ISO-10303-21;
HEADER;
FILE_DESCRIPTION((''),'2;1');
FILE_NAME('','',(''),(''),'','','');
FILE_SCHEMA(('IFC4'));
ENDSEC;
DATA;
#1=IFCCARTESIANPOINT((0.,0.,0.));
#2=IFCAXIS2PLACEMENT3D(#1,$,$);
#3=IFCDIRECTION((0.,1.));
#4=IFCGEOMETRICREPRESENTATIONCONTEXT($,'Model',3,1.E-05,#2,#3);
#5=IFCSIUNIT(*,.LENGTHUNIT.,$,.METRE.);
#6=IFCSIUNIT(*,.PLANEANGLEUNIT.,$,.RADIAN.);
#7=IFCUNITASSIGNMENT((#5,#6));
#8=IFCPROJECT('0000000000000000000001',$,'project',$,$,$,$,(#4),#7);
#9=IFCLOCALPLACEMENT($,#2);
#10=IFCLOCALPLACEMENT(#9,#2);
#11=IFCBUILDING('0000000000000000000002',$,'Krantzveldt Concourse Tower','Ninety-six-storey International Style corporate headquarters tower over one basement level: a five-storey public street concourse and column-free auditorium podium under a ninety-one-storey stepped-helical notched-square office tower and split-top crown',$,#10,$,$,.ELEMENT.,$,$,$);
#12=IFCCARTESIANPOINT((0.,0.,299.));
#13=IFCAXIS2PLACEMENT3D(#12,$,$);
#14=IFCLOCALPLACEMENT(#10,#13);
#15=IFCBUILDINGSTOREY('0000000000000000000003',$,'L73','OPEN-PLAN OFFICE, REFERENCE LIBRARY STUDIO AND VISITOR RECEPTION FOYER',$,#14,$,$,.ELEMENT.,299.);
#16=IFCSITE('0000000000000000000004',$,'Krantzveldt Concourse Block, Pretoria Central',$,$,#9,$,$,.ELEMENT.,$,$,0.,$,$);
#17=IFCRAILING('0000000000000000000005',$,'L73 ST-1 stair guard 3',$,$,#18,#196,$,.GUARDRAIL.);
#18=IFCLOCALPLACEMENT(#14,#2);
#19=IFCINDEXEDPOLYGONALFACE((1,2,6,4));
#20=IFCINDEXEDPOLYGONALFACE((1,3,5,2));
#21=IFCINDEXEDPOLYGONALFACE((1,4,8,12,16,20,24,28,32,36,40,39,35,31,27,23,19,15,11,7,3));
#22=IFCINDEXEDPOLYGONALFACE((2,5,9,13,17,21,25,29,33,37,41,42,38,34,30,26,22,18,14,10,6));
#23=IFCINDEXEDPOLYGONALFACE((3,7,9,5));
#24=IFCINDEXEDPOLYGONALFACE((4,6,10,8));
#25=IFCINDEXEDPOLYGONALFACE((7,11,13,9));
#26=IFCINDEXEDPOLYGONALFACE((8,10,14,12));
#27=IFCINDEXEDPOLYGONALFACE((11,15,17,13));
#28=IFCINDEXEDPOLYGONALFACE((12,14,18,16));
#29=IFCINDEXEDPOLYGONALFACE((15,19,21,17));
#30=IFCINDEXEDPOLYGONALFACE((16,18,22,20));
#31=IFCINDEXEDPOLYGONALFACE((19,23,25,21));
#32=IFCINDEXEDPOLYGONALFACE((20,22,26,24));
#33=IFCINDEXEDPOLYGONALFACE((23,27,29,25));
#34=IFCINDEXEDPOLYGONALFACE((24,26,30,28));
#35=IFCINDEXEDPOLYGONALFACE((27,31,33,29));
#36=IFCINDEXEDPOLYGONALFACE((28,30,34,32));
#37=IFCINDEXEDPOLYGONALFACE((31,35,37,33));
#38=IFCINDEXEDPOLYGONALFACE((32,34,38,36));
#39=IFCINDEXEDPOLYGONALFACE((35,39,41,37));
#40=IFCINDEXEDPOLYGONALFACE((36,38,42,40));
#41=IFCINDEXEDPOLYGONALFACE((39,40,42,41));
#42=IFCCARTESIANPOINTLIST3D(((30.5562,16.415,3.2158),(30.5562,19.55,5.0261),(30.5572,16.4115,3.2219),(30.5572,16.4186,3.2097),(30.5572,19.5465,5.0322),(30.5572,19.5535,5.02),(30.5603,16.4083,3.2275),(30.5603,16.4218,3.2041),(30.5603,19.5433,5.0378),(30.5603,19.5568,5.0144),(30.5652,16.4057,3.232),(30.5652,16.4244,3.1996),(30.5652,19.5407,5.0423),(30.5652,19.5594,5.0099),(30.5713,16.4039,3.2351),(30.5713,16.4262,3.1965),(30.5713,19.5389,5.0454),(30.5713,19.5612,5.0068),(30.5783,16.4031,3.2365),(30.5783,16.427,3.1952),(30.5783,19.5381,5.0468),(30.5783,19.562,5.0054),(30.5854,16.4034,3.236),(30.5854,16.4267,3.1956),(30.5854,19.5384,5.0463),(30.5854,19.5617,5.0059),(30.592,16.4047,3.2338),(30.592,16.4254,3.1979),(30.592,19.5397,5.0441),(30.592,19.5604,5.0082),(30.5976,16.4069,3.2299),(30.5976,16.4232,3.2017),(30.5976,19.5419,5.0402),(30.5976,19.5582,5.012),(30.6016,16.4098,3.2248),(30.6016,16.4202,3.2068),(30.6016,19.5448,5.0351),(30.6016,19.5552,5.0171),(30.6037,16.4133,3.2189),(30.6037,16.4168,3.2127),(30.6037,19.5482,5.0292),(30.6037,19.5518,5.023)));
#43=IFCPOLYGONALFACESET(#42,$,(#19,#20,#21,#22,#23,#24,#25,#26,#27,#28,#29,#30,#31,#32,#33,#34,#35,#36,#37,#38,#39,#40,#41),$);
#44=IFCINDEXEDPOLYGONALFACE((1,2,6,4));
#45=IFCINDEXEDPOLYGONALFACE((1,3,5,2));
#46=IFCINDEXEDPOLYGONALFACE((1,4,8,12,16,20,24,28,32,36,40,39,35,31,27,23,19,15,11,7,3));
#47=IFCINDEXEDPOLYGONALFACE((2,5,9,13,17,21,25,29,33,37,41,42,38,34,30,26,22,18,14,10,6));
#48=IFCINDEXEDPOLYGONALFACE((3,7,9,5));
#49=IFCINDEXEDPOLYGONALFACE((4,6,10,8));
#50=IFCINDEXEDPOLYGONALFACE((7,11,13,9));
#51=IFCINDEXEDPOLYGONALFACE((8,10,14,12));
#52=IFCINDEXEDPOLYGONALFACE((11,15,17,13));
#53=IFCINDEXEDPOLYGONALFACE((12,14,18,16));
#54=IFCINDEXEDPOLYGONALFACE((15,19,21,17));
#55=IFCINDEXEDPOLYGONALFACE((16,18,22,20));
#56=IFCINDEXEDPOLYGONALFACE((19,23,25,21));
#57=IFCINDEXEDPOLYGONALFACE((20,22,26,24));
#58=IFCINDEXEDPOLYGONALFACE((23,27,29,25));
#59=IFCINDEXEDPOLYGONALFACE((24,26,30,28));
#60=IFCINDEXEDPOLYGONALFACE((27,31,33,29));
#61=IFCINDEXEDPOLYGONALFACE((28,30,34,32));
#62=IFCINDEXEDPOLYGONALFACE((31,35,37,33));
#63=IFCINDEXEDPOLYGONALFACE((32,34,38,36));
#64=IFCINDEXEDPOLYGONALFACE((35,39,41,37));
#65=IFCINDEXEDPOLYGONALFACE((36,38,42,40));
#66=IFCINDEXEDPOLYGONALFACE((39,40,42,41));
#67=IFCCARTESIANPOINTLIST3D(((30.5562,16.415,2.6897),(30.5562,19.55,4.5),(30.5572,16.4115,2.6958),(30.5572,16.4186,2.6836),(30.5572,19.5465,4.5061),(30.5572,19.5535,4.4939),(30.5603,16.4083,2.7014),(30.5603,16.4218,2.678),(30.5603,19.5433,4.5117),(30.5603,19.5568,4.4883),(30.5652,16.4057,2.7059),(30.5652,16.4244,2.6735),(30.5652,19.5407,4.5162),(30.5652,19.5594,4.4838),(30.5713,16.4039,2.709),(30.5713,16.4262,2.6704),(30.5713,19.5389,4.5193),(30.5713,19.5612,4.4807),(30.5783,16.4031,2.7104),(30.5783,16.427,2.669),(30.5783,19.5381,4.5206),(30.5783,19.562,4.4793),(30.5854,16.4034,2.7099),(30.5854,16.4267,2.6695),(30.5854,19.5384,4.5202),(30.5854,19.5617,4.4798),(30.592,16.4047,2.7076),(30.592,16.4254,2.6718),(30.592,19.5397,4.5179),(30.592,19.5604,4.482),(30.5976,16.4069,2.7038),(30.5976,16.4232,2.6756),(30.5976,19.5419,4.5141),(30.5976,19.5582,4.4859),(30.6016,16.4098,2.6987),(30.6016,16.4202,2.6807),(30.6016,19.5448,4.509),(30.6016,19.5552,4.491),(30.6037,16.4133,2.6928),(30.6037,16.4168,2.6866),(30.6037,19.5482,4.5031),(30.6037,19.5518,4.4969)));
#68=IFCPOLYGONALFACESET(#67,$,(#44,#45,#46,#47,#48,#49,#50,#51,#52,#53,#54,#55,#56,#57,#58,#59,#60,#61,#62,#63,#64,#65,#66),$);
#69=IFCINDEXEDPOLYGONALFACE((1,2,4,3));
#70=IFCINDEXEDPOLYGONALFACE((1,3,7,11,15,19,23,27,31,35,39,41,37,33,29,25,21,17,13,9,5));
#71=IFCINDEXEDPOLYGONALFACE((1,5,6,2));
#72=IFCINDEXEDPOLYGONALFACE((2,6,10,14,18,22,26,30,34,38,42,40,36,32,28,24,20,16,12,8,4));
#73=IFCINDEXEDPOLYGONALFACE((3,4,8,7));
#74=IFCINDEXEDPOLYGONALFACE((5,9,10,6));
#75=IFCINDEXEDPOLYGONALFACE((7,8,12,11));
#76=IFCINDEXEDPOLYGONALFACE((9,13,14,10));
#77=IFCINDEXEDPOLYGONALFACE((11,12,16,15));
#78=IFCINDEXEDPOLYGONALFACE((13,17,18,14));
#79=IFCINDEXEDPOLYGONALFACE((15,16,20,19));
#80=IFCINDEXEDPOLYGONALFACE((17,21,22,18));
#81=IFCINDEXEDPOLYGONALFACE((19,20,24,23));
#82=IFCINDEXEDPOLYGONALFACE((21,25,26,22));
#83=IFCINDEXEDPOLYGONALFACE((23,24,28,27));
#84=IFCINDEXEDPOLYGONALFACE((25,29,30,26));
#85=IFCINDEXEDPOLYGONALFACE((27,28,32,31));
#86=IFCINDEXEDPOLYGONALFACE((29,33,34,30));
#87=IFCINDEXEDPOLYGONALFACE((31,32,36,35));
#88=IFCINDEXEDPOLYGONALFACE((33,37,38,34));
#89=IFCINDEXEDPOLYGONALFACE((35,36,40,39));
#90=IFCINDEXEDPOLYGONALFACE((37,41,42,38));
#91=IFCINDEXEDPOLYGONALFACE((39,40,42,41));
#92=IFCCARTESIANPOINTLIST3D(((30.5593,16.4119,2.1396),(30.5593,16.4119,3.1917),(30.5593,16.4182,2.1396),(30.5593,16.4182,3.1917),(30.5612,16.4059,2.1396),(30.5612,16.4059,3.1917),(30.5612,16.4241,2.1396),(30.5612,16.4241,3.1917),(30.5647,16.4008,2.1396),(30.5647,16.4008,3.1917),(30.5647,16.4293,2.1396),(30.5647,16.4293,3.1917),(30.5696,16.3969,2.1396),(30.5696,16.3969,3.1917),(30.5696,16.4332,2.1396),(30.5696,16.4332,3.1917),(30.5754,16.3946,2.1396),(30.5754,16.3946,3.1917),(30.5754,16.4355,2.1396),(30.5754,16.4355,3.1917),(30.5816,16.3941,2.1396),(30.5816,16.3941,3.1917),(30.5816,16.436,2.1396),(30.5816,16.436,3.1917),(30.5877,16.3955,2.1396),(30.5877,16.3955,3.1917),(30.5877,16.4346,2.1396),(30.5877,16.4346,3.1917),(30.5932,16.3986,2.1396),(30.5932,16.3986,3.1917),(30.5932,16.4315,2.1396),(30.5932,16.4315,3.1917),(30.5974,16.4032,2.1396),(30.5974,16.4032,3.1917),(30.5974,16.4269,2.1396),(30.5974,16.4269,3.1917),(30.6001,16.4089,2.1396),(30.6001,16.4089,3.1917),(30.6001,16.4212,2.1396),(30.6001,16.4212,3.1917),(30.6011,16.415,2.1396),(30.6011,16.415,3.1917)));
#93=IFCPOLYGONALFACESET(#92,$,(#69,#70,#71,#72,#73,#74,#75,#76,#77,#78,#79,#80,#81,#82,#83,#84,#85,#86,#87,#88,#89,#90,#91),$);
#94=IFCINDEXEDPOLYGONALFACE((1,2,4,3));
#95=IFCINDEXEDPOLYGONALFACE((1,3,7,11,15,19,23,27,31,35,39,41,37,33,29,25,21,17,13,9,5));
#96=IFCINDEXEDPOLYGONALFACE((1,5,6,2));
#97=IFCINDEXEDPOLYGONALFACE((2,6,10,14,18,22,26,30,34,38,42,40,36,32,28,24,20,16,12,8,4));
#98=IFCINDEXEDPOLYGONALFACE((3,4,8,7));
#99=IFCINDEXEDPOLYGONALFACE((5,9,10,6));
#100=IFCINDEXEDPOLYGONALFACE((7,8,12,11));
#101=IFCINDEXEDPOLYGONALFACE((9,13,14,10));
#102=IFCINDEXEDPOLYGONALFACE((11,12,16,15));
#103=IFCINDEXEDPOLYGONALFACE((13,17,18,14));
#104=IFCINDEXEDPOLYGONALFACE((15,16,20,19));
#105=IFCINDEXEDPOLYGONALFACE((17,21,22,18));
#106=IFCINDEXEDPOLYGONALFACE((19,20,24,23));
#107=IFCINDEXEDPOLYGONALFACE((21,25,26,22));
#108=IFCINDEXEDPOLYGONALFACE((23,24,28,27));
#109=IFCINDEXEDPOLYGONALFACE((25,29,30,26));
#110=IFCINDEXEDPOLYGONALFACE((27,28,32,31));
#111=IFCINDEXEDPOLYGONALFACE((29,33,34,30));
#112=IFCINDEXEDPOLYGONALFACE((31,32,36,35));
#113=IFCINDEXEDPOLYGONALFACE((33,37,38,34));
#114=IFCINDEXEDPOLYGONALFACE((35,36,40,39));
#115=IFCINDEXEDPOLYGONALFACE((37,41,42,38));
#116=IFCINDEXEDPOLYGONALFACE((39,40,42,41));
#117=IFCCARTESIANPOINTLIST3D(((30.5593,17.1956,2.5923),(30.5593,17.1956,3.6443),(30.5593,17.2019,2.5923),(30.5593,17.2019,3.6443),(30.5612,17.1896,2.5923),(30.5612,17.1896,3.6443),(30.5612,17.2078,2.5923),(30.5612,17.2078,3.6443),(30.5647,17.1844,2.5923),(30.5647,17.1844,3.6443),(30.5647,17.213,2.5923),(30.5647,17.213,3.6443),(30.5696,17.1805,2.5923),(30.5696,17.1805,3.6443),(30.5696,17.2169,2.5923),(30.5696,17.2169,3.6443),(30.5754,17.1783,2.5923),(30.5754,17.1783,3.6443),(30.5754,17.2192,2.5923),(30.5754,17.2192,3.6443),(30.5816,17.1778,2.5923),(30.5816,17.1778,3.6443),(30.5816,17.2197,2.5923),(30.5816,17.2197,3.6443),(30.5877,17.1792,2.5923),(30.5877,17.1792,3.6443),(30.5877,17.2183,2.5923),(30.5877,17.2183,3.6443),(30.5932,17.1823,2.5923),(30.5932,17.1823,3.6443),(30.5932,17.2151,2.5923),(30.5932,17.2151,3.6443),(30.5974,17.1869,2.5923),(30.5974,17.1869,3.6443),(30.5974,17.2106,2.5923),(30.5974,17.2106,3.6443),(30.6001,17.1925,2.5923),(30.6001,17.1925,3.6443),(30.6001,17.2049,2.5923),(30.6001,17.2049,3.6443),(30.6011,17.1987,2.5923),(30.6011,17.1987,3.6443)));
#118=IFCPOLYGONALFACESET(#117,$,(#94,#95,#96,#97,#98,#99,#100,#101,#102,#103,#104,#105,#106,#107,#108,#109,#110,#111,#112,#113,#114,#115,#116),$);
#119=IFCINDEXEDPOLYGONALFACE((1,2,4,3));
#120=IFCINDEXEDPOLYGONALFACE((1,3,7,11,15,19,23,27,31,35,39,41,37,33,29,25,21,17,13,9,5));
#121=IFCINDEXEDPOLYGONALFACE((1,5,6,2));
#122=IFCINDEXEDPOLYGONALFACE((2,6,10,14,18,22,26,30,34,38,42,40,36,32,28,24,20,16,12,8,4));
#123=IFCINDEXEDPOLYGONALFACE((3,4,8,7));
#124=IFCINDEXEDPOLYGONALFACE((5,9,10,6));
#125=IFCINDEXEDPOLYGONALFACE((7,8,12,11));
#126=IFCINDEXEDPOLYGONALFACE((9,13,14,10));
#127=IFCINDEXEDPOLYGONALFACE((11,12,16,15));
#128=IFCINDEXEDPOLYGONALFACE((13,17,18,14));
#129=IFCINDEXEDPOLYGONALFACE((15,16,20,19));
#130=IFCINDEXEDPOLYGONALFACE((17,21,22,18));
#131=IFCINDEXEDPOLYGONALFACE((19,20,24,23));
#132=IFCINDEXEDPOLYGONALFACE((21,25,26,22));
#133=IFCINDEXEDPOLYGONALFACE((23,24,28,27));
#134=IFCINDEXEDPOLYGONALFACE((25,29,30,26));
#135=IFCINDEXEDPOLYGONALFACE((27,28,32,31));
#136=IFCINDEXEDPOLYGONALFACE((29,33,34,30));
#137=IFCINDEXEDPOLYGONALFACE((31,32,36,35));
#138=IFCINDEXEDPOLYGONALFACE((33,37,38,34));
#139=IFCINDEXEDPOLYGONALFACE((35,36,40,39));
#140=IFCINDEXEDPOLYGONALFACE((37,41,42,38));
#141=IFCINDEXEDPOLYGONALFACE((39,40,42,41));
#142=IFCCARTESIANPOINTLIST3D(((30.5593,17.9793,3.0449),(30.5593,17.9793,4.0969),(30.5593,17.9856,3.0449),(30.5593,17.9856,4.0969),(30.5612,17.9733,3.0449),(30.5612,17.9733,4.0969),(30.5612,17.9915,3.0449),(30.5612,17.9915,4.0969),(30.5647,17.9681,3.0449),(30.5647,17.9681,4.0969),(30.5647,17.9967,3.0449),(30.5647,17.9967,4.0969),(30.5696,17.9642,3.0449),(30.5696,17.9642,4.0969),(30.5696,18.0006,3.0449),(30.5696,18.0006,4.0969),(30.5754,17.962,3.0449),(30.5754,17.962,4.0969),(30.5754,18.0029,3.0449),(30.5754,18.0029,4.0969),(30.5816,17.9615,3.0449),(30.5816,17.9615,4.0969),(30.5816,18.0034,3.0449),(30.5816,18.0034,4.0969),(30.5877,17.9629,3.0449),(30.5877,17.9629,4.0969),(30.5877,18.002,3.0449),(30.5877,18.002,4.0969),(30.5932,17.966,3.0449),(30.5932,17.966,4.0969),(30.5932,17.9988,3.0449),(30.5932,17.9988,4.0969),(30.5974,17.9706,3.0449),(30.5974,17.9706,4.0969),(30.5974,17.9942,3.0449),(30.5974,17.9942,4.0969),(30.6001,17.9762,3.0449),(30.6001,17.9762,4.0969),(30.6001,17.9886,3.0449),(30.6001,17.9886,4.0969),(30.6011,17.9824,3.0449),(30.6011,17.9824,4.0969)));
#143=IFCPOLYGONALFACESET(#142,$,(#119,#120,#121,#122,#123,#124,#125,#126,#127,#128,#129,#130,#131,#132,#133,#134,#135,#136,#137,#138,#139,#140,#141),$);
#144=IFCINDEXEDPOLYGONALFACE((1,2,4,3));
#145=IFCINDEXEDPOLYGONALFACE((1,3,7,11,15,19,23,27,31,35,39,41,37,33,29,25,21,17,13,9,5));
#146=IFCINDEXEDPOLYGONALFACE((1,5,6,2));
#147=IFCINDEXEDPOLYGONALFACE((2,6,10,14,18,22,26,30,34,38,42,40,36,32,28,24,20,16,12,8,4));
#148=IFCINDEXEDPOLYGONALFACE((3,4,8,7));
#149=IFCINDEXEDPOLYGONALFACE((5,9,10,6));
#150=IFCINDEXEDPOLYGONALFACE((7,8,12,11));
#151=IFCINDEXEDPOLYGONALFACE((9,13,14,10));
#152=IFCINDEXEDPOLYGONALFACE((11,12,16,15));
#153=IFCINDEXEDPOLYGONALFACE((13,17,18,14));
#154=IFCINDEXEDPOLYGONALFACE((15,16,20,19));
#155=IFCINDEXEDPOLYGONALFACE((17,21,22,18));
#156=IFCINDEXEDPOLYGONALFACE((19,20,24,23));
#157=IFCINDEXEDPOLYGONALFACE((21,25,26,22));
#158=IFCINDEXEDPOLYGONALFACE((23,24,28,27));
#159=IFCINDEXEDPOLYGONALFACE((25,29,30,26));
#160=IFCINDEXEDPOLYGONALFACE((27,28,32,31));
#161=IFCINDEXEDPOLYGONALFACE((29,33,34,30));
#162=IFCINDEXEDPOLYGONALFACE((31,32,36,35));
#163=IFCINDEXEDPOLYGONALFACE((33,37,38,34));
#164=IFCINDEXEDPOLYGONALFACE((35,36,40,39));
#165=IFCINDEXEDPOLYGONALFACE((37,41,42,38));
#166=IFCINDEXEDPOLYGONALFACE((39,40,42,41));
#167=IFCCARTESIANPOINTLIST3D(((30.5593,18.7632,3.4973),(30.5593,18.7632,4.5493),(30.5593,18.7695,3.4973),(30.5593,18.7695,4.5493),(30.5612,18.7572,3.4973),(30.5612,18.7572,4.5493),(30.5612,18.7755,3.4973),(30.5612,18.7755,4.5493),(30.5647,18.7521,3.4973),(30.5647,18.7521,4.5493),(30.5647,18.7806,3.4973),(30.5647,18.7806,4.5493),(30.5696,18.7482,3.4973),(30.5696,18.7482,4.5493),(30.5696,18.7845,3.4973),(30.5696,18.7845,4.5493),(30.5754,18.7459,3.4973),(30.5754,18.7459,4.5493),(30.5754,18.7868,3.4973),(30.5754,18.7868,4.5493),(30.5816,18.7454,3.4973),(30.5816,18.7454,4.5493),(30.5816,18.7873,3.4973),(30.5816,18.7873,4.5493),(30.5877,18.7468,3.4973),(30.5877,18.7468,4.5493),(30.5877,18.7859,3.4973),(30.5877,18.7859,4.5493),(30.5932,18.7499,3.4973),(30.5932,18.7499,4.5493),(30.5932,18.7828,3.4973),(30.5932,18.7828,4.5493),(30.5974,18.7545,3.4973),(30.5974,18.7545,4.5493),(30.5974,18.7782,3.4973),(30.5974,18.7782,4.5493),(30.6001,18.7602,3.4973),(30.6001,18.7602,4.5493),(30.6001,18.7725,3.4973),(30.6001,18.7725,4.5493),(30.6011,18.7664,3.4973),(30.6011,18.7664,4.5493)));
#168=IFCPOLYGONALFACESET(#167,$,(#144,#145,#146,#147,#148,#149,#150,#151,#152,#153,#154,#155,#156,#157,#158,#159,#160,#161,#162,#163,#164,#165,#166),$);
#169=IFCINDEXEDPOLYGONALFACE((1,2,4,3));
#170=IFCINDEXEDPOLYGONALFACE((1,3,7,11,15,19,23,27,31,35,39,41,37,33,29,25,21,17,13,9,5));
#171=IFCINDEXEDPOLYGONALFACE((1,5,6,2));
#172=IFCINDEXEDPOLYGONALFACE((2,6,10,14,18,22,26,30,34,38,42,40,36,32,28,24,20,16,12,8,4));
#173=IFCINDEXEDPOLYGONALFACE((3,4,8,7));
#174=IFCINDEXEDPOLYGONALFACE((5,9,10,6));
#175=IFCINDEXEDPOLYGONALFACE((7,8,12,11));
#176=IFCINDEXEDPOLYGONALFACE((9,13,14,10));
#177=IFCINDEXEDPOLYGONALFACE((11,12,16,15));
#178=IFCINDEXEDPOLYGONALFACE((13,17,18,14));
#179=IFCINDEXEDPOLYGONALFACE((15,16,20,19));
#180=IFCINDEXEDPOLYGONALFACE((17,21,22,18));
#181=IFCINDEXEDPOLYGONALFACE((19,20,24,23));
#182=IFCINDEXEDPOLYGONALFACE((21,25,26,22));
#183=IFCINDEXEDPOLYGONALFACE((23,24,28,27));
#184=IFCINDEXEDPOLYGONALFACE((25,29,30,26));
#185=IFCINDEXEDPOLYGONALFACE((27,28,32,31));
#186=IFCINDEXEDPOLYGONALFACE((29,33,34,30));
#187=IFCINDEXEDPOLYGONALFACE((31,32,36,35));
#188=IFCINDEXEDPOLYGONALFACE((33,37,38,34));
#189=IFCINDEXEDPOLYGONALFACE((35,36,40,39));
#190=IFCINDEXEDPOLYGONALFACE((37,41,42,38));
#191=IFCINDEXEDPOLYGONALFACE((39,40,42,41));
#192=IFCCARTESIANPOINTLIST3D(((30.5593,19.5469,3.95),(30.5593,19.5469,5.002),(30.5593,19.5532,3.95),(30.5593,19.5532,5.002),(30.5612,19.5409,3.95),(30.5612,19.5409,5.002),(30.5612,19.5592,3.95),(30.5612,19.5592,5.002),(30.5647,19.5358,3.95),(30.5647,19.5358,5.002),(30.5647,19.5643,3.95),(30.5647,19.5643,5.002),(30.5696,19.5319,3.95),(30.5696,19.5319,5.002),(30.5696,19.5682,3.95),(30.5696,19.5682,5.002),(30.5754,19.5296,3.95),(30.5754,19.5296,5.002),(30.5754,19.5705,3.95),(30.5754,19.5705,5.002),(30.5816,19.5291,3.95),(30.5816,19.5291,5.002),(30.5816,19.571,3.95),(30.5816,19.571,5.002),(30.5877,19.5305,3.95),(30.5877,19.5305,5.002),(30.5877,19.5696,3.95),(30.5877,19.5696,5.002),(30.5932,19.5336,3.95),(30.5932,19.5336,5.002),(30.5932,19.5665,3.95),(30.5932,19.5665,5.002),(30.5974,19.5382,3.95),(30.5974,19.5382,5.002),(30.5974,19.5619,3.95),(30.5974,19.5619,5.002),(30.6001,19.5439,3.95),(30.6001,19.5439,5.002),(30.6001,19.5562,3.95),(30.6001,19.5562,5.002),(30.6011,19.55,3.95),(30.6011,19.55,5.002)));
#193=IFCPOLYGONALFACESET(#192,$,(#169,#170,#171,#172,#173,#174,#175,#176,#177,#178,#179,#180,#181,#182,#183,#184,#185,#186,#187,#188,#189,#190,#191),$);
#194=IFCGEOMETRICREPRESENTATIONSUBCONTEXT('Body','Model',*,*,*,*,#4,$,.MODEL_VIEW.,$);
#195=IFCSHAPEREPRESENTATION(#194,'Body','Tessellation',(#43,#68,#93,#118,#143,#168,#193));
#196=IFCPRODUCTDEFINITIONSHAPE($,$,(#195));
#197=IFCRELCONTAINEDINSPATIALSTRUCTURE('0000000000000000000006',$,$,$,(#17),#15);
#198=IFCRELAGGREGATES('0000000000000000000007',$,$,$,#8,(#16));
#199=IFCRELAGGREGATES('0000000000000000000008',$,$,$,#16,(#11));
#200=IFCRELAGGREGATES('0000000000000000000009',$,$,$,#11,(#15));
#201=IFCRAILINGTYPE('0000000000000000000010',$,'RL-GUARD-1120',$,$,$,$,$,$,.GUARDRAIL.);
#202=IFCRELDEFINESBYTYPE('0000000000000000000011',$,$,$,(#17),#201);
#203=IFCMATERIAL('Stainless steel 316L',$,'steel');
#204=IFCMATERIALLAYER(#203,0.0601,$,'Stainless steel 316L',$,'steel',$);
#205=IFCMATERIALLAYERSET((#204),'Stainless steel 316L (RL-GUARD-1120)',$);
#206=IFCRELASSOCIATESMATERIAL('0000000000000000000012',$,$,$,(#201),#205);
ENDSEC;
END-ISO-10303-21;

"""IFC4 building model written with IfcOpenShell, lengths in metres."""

from ifc_helpers import new_model, si_unit, direction, frame, origin, origin_2d, place, context, subcontext, project, spatial, circle, extrude, material, layer, layer_set, type_object, element, save


model = new_model("IFC4")

# Units and contexts
model_context = context("Model", 3, precision=1e-05, world=origin(), true_north=direction((0.0, 1.0)))
body_context = subcontext(model_context, "Body", "Model", "MODEL_VIEW")
ifc_project = project(units=[si_unit("LENGTHUNIT", "METRE"), si_unit("PLANEANGLEUNIT", "RADIAN")], contexts=[model_context])

# Site, building, storey
site_placement = place(None, origin())
site = spatial("IfcSite", under=ifc_project, at=site_placement, Name="Krantzveldt Concourse Block, Pretoria Central", CompositionType="ELEMENT", RefElevation=0.0)
building_placement = place(site_placement, origin())
building = spatial("IfcBuilding", under=site, at=building_placement, Name="Krantzveldt Concourse Tower", Description="Ninety-six-storey International Style corporate headquarters tower over one basement level: a five-storey public street concourse and column-free auditorium podium under a ninety-one-storey stepped-helical notched-square office tower and split-top crown", CompositionType="ELEMENT")
storey_placement = place(building_placement, frame((0.0, 0.0, 299.0)))
storey = spatial("IfcBuildingStorey", under=building, at=storey_placement, Name="L73", Description="OPEN-PLAN OFFICE, REFERENCE LIBRARY STUDIO AND VISITOR RECEPTION FOYER", CompositionType="ELEMENT", Elevation=299.0)

# Shared definitions
ifc_material_1 = material(Name="Stainless steel 316L", Category="steel")

# Railing
ifc_layer_1 = layer(ifc_material_1, 0.0601, Name="Stainless steel 316L", Category="steel")
ifc_layer_set_1 = layer_set([ifc_layer_1], Name="Stainless steel 316L (RL-GUARD-1120)")
railing_type_1 = type_object("IfcRailingType", Name="RL-GUARD-1120", PredefinedType="GUARDRAIL", material=ifc_layer_set_1)
railing_1_placement = place(storey_placement, frame((30.5801, 16.415, 2.1396)))
element("IfcRailing", 1, at=railing_1_placement, inside=storey, type_object=railing_type_1, Name="L73 ST-1 stair guard 3", PredefinedType="GUARDRAIL", context=body_context, shape_type="SweptSolid", body=[
    extrude(circle(Radius=0.0239, at=origin_2d()), frame((0.0, 0.0, 1.0762), z_axis=(0.0, 0.865989, 0.500063), x_axis=(-1.0, 0.0, 0.0)), (0.0, 0.0, 1.0), 3.6201),
    extrude(circle(Radius=0.0239, at=origin_2d()), frame((0.0, 0.0, 0.55), z_axis=(0.0, 0.865989, 0.500063), x_axis=(-1.0, 0.0, 0.0)), (0.0, 0.0, 1.0), 3.6201),
    extrude(circle(Radius=0.021, at=origin_2d()), origin(), (0.0, 0.0, 1.0), 1.052),
    extrude(circle(Radius=0.021, at=origin_2d()), frame((0.0, 0.7837, 0.4526)), (0.0, 0.0, 1.0), 1.052),
    extrude(circle(Radius=0.021, at=origin_2d()), frame((0.0, 1.5674, 0.9053)), (0.0, 0.0, 1.0), 1.052),
    extrude(circle(Radius=0.021, at=origin_2d()), frame((0.0, 2.3513, 1.3577)), (0.0, 0.0, 1.0), 1.052),
    extrude(circle(Radius=0.021, at=origin_2d()), frame((0.0, 3.135, 1.8103)), (0.0, 0.0, 1.0), 1.052),
])

save(model, "model.ifc")
